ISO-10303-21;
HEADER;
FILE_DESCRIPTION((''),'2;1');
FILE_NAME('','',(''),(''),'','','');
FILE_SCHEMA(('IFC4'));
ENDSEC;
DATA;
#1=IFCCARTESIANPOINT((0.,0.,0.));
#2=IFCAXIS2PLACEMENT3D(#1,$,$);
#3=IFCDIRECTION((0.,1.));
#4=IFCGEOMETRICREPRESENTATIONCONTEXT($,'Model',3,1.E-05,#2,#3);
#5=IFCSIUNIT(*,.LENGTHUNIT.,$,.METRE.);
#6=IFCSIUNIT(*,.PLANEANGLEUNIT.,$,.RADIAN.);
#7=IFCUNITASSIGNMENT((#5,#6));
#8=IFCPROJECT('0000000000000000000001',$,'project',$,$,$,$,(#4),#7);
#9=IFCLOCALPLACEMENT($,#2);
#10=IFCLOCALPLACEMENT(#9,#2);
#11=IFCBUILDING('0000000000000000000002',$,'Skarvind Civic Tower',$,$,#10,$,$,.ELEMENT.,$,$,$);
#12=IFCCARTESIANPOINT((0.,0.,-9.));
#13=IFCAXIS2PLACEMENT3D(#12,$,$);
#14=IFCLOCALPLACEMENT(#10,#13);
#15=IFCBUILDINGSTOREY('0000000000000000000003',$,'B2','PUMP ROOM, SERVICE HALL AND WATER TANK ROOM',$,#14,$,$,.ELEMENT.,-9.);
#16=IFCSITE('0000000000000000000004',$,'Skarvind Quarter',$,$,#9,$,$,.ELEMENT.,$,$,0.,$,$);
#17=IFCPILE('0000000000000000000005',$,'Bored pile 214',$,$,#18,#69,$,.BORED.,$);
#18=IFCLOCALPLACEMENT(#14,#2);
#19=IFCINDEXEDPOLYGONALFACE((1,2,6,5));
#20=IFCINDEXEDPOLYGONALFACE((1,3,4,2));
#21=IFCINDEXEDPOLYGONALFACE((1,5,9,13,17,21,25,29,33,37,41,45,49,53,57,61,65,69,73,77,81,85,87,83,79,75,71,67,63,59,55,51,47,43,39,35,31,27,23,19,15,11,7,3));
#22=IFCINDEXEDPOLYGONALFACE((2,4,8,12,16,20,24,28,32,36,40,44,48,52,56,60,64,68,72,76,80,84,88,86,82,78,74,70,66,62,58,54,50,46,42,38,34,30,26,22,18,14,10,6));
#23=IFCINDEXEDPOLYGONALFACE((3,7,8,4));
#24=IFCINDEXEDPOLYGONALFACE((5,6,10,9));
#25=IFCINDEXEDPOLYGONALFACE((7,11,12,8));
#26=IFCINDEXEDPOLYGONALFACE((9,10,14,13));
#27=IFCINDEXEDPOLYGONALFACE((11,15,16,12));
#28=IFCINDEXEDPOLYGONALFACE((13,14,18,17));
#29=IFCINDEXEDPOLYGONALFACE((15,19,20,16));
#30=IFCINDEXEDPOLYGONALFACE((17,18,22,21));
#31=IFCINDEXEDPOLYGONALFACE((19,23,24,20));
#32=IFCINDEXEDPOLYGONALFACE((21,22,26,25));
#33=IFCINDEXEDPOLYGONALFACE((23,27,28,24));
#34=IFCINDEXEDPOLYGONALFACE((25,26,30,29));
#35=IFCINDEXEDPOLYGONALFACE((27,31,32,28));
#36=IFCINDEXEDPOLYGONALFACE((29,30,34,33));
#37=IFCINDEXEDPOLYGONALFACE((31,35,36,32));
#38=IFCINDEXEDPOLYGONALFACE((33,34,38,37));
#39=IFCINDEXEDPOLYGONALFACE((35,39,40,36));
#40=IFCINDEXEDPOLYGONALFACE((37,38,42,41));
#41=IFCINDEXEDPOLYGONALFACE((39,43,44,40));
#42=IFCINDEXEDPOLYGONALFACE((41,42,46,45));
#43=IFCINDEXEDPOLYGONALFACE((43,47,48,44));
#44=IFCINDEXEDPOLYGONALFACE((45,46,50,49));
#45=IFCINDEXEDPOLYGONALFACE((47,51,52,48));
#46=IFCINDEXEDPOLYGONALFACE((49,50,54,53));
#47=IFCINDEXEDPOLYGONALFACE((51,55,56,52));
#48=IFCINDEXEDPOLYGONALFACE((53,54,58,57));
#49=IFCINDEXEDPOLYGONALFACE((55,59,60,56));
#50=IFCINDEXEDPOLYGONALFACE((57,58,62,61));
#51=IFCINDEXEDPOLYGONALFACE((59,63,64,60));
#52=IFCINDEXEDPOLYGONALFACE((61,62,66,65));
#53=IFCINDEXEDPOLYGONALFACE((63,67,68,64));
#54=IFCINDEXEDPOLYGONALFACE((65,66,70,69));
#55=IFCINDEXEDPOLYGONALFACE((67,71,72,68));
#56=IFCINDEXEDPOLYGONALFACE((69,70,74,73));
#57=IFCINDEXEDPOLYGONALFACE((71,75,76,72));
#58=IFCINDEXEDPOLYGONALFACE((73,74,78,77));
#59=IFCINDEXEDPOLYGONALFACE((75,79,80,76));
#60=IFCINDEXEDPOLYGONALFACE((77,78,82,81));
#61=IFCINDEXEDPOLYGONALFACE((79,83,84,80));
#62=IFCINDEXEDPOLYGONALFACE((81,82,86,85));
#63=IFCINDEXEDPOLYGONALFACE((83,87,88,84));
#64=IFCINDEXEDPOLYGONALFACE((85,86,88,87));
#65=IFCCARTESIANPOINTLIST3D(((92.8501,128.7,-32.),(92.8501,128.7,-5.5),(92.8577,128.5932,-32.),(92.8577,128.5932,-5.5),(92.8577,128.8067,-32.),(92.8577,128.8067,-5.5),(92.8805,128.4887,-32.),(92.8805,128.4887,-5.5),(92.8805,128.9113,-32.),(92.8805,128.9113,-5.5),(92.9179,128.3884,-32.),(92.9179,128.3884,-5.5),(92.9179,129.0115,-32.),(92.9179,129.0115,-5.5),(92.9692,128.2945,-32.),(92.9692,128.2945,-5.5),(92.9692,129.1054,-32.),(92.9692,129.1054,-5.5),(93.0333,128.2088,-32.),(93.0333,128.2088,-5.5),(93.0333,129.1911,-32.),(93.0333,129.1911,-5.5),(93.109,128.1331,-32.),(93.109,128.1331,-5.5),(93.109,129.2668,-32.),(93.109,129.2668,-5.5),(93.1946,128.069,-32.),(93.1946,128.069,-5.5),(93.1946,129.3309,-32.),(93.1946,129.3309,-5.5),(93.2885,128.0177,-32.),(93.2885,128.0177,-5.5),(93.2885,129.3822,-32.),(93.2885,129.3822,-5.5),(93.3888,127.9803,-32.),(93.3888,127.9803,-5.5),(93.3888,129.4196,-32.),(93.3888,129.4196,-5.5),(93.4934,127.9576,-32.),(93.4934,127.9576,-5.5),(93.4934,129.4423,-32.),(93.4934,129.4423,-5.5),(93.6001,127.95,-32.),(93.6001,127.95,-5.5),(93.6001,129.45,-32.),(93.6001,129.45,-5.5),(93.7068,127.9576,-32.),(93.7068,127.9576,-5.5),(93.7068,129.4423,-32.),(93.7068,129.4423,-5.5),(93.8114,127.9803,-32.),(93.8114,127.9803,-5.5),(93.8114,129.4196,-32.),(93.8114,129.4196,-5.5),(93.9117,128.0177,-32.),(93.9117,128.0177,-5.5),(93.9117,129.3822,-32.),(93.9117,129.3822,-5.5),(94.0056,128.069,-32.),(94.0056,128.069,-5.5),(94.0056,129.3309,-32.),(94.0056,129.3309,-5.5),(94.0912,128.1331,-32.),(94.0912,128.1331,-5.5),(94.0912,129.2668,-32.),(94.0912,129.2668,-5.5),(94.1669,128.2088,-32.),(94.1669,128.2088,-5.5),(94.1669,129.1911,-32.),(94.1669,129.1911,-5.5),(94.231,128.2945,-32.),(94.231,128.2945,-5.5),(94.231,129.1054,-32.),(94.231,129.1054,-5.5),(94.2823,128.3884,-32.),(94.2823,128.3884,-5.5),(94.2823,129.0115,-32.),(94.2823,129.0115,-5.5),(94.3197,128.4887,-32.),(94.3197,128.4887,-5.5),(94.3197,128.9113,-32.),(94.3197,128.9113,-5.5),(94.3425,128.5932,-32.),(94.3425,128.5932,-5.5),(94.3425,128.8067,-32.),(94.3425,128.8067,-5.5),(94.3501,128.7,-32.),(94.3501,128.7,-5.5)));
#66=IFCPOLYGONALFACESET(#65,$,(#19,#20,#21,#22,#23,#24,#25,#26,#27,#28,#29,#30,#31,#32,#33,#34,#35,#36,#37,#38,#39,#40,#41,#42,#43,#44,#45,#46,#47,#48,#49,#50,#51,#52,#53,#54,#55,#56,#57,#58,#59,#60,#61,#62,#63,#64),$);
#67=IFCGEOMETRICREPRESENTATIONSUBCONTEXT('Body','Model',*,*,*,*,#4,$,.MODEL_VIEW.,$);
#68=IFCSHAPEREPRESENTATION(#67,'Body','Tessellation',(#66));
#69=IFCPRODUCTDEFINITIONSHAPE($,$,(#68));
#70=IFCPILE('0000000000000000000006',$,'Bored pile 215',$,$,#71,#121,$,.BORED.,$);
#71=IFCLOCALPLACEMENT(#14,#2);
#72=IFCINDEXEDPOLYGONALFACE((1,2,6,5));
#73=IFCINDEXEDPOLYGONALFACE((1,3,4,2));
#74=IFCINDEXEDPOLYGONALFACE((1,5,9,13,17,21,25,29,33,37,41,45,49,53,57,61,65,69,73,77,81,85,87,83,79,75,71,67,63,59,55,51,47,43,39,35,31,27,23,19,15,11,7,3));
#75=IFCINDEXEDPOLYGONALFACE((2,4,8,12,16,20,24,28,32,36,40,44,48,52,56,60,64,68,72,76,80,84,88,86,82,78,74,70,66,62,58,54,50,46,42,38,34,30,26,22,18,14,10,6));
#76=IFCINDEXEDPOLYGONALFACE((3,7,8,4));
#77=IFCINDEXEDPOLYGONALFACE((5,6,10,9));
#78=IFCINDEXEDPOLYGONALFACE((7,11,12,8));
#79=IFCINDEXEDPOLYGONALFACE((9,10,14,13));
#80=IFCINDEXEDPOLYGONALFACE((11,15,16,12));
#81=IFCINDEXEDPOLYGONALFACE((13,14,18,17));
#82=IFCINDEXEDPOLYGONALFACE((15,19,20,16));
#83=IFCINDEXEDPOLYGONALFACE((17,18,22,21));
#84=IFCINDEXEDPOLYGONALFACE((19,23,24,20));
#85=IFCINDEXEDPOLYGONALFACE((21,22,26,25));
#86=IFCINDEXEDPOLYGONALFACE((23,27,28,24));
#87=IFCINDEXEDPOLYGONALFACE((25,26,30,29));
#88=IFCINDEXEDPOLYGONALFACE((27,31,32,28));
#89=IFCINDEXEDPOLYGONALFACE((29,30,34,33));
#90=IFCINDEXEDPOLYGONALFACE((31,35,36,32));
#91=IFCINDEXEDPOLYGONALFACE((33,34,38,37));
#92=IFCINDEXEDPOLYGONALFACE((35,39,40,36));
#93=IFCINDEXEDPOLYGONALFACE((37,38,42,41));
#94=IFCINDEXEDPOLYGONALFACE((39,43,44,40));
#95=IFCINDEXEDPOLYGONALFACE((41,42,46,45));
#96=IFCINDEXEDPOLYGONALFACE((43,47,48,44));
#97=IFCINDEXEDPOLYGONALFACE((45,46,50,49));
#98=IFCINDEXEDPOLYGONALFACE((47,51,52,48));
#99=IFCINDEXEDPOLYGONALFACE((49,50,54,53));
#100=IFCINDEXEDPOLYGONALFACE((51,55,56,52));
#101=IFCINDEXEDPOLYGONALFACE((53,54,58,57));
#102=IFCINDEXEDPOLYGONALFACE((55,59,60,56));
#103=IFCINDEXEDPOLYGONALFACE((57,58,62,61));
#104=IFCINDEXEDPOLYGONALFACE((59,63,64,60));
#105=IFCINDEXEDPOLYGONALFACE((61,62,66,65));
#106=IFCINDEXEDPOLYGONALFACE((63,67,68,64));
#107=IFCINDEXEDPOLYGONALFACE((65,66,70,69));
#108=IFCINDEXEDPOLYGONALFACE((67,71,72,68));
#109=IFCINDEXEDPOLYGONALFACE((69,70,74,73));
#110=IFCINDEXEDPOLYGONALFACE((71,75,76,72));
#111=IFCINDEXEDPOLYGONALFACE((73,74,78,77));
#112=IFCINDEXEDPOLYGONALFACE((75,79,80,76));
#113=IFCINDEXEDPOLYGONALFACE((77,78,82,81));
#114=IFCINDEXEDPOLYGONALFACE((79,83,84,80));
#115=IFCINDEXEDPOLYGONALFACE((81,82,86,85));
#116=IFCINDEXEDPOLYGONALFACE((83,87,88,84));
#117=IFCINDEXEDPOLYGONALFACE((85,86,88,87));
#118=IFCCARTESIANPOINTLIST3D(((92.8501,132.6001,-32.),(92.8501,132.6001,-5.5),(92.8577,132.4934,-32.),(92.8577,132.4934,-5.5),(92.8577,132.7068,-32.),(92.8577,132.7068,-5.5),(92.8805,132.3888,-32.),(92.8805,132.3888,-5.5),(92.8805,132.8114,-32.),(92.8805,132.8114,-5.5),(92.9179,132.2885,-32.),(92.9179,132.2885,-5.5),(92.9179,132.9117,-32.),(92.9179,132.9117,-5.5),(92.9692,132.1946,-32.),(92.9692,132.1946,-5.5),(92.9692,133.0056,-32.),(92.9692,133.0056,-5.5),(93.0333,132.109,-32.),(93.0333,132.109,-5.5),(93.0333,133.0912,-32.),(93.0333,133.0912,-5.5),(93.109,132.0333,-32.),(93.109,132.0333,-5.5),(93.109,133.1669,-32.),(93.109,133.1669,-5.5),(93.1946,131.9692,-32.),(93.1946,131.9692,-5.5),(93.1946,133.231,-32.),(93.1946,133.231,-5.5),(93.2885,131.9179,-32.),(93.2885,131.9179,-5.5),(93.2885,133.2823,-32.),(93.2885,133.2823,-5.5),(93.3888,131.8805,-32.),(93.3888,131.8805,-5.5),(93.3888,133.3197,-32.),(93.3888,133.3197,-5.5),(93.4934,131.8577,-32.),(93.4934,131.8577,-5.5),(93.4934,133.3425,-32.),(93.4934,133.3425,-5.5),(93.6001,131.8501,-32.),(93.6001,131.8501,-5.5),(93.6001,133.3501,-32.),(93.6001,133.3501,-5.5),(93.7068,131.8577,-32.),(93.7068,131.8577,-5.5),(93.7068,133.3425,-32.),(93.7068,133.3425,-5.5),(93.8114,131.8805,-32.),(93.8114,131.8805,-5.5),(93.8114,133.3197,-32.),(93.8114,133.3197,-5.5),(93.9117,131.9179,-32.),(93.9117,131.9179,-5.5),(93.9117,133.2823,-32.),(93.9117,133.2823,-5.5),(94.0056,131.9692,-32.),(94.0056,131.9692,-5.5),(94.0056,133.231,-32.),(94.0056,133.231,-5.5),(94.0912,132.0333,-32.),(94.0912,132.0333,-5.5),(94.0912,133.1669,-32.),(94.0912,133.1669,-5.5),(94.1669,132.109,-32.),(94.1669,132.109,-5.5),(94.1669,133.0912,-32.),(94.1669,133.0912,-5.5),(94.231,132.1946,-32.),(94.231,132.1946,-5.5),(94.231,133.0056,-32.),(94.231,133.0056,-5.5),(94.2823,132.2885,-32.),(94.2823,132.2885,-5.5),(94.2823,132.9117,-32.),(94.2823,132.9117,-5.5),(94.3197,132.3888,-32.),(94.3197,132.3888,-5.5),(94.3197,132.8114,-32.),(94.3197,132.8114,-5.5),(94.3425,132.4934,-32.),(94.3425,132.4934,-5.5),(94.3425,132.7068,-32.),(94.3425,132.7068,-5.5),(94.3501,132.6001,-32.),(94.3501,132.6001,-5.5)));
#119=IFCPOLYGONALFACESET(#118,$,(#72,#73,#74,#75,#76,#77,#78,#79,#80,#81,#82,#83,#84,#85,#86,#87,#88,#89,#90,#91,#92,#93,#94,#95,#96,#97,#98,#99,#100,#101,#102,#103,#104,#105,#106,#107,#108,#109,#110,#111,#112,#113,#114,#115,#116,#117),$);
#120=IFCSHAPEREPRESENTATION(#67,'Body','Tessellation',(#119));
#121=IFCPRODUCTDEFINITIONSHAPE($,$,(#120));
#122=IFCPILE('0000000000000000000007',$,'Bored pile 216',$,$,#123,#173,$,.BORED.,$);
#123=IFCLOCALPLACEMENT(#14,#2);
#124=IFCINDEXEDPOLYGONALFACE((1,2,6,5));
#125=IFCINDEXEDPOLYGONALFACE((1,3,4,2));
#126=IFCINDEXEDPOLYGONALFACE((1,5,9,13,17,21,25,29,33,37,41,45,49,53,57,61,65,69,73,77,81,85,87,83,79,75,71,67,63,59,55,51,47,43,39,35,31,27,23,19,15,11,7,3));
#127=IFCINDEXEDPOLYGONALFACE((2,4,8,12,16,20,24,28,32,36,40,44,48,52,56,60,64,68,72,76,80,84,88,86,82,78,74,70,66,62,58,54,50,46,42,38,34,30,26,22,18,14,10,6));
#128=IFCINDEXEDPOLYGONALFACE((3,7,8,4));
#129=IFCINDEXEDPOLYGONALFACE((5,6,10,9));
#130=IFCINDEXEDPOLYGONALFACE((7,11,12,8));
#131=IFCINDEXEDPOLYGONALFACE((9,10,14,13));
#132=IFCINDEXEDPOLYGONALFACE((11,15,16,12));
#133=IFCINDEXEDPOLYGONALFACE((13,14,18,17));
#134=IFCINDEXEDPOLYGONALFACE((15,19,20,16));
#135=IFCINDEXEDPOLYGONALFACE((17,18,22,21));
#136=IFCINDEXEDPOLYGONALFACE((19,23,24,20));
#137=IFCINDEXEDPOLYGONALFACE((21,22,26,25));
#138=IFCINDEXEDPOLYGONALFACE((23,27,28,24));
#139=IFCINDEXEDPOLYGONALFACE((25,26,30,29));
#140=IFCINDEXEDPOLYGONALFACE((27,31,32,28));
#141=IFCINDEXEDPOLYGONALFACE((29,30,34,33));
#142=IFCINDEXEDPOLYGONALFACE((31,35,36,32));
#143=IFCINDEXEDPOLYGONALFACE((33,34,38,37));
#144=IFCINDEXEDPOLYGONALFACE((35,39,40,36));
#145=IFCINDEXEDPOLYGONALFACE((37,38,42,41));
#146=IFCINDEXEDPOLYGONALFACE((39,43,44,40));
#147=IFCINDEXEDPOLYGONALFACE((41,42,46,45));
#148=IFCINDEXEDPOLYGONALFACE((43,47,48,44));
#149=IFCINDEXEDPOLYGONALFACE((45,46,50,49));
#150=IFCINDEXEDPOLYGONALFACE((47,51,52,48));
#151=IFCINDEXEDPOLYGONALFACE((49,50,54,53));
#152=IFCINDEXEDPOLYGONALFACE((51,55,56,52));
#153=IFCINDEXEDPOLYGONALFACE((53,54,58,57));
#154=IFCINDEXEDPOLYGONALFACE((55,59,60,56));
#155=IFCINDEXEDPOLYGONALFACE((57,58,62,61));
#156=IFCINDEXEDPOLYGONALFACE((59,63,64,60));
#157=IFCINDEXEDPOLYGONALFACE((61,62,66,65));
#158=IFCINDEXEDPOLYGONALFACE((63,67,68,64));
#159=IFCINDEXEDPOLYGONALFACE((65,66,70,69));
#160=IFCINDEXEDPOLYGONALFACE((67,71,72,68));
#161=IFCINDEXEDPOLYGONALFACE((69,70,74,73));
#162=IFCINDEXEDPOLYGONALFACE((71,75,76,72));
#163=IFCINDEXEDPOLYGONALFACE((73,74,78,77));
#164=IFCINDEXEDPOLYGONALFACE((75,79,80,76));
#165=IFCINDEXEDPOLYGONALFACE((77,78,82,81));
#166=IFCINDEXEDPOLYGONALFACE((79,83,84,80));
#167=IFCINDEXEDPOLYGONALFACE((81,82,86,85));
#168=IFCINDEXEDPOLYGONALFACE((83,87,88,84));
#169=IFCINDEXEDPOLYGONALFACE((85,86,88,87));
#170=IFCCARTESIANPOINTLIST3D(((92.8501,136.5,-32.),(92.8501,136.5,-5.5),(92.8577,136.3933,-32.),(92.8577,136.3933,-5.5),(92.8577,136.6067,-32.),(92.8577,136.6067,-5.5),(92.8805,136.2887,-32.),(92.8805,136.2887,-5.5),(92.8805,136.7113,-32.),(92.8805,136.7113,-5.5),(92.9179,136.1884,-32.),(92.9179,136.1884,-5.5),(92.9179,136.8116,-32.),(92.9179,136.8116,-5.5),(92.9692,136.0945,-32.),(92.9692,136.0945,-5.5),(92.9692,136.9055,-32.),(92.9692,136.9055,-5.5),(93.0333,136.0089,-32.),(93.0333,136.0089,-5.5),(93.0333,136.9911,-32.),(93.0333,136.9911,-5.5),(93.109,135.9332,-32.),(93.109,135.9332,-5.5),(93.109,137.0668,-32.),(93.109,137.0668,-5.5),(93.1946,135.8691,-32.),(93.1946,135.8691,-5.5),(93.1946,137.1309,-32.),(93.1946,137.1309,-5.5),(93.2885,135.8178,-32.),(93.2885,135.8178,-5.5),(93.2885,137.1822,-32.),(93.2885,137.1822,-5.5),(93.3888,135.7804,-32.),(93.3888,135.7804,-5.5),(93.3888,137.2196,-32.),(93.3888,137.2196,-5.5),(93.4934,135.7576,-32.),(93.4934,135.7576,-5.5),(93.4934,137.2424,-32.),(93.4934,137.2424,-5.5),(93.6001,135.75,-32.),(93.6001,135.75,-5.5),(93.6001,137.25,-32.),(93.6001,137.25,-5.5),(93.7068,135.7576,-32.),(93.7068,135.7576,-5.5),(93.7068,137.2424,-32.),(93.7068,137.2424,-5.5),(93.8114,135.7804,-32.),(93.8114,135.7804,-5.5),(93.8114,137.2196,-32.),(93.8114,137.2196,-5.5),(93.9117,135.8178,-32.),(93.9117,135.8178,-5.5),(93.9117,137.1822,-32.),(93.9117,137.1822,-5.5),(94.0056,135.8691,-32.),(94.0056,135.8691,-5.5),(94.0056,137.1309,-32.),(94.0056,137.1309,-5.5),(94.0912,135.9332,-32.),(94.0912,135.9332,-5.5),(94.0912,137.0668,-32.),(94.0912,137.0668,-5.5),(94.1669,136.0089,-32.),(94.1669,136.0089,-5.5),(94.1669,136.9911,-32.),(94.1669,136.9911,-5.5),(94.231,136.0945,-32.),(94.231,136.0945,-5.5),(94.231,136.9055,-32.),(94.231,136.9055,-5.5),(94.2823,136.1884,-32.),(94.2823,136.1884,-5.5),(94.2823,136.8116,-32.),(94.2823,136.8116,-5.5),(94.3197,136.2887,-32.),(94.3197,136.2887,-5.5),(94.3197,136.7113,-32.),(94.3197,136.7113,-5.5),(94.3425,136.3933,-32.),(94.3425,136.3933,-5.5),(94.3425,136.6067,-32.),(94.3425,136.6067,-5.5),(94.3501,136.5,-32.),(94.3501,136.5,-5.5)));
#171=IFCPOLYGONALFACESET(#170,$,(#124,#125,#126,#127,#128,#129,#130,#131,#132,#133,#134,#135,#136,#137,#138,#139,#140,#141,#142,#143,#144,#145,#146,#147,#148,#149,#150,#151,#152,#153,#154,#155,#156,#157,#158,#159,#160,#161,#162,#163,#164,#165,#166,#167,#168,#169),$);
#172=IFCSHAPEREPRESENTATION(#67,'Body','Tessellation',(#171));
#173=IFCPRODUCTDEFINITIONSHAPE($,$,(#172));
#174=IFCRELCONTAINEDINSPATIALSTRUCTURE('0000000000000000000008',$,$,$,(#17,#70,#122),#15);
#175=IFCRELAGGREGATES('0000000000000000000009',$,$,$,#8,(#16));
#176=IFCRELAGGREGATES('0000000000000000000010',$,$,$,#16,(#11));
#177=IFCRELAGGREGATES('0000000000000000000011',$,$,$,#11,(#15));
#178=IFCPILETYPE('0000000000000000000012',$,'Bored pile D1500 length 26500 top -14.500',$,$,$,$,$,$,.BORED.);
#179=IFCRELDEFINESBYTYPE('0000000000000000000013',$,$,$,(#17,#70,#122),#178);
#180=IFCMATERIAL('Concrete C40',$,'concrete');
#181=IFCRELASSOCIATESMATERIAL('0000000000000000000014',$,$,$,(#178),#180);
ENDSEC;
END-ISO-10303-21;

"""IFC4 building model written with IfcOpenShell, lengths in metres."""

from ifc_helpers import new_model, si_unit, direction, frame, origin, origin_2d, place, context, subcontext, project, spatial, circle, extrude, material, type_object, element, save


model = new_model("IFC4")

# Units and contexts
model_context = context("Model", 3, precision=1e-05, world=origin(), true_north=direction((0.0, 1.0)))
body_context = subcontext(model_context, "Body", "Model", "MODEL_VIEW")
ifc_project = project(units=[si_unit("LENGTHUNIT", "METRE"), si_unit("PLANEANGLEUNIT", "RADIAN")], contexts=[model_context])

# Site, building, storey
site_placement = place(None, origin())
site = spatial("IfcSite", under=ifc_project, at=site_placement, Name="Skarvind Quarter", CompositionType="ELEMENT", RefElevation=0.0)
building_placement = place(site_placement, origin())
building = spatial("IfcBuilding", under=site, at=building_placement, Name="Skarvind Civic Tower", CompositionType="ELEMENT")
storey_placement = place(building_placement, frame((0.0, 0.0, -9.0)))
storey = spatial("IfcBuildingStorey", under=building, at=storey_placement, Name="B2", Description="PUMP ROOM, SERVICE HALL AND WATER TANK ROOM", CompositionType="ELEMENT", Elevation=-9.0)

# Piles
ifc_material_1 = material(Name="Concrete C40", Category="concrete")
pile_type_1 = type_object("IfcPileType", Name="Bored pile D1500 length 26500 top -14.500", PredefinedType="BORED", material=ifc_material_1)
for number, where, z_axis, x_axis, name in (
    (1, (93.6001, 128.7, -5.5), (0.0, 0.0, -1.0), (1.0, 0.0, 0.0), "Bored pile 214"),
    (2, (93.6001, 132.6001, -5.5), (0.0, 0.0, -1.0), (1.0, 0.0, 0.0), "Bored pile 215"),
    (3, (93.6001, 136.5, -5.5), (0.0, 0.0, -1.0), (1.0, 0.0, 0.0), "Bored pile 216"),
):
    element("IfcPile", number, at=place(storey_placement, frame(where, z_axis=z_axis, x_axis=x_axis)), inside=storey, type_object=pile_type_1, Name=name, PredefinedType="BORED", context=body_context, shape_type="SweptSolid", body=[
        extrude(circle(Radius=0.75, at=origin_2d()), origin(), (0.0, 0.0, 1.0), 26.5),
    ])

save(model, "model.ifc")
